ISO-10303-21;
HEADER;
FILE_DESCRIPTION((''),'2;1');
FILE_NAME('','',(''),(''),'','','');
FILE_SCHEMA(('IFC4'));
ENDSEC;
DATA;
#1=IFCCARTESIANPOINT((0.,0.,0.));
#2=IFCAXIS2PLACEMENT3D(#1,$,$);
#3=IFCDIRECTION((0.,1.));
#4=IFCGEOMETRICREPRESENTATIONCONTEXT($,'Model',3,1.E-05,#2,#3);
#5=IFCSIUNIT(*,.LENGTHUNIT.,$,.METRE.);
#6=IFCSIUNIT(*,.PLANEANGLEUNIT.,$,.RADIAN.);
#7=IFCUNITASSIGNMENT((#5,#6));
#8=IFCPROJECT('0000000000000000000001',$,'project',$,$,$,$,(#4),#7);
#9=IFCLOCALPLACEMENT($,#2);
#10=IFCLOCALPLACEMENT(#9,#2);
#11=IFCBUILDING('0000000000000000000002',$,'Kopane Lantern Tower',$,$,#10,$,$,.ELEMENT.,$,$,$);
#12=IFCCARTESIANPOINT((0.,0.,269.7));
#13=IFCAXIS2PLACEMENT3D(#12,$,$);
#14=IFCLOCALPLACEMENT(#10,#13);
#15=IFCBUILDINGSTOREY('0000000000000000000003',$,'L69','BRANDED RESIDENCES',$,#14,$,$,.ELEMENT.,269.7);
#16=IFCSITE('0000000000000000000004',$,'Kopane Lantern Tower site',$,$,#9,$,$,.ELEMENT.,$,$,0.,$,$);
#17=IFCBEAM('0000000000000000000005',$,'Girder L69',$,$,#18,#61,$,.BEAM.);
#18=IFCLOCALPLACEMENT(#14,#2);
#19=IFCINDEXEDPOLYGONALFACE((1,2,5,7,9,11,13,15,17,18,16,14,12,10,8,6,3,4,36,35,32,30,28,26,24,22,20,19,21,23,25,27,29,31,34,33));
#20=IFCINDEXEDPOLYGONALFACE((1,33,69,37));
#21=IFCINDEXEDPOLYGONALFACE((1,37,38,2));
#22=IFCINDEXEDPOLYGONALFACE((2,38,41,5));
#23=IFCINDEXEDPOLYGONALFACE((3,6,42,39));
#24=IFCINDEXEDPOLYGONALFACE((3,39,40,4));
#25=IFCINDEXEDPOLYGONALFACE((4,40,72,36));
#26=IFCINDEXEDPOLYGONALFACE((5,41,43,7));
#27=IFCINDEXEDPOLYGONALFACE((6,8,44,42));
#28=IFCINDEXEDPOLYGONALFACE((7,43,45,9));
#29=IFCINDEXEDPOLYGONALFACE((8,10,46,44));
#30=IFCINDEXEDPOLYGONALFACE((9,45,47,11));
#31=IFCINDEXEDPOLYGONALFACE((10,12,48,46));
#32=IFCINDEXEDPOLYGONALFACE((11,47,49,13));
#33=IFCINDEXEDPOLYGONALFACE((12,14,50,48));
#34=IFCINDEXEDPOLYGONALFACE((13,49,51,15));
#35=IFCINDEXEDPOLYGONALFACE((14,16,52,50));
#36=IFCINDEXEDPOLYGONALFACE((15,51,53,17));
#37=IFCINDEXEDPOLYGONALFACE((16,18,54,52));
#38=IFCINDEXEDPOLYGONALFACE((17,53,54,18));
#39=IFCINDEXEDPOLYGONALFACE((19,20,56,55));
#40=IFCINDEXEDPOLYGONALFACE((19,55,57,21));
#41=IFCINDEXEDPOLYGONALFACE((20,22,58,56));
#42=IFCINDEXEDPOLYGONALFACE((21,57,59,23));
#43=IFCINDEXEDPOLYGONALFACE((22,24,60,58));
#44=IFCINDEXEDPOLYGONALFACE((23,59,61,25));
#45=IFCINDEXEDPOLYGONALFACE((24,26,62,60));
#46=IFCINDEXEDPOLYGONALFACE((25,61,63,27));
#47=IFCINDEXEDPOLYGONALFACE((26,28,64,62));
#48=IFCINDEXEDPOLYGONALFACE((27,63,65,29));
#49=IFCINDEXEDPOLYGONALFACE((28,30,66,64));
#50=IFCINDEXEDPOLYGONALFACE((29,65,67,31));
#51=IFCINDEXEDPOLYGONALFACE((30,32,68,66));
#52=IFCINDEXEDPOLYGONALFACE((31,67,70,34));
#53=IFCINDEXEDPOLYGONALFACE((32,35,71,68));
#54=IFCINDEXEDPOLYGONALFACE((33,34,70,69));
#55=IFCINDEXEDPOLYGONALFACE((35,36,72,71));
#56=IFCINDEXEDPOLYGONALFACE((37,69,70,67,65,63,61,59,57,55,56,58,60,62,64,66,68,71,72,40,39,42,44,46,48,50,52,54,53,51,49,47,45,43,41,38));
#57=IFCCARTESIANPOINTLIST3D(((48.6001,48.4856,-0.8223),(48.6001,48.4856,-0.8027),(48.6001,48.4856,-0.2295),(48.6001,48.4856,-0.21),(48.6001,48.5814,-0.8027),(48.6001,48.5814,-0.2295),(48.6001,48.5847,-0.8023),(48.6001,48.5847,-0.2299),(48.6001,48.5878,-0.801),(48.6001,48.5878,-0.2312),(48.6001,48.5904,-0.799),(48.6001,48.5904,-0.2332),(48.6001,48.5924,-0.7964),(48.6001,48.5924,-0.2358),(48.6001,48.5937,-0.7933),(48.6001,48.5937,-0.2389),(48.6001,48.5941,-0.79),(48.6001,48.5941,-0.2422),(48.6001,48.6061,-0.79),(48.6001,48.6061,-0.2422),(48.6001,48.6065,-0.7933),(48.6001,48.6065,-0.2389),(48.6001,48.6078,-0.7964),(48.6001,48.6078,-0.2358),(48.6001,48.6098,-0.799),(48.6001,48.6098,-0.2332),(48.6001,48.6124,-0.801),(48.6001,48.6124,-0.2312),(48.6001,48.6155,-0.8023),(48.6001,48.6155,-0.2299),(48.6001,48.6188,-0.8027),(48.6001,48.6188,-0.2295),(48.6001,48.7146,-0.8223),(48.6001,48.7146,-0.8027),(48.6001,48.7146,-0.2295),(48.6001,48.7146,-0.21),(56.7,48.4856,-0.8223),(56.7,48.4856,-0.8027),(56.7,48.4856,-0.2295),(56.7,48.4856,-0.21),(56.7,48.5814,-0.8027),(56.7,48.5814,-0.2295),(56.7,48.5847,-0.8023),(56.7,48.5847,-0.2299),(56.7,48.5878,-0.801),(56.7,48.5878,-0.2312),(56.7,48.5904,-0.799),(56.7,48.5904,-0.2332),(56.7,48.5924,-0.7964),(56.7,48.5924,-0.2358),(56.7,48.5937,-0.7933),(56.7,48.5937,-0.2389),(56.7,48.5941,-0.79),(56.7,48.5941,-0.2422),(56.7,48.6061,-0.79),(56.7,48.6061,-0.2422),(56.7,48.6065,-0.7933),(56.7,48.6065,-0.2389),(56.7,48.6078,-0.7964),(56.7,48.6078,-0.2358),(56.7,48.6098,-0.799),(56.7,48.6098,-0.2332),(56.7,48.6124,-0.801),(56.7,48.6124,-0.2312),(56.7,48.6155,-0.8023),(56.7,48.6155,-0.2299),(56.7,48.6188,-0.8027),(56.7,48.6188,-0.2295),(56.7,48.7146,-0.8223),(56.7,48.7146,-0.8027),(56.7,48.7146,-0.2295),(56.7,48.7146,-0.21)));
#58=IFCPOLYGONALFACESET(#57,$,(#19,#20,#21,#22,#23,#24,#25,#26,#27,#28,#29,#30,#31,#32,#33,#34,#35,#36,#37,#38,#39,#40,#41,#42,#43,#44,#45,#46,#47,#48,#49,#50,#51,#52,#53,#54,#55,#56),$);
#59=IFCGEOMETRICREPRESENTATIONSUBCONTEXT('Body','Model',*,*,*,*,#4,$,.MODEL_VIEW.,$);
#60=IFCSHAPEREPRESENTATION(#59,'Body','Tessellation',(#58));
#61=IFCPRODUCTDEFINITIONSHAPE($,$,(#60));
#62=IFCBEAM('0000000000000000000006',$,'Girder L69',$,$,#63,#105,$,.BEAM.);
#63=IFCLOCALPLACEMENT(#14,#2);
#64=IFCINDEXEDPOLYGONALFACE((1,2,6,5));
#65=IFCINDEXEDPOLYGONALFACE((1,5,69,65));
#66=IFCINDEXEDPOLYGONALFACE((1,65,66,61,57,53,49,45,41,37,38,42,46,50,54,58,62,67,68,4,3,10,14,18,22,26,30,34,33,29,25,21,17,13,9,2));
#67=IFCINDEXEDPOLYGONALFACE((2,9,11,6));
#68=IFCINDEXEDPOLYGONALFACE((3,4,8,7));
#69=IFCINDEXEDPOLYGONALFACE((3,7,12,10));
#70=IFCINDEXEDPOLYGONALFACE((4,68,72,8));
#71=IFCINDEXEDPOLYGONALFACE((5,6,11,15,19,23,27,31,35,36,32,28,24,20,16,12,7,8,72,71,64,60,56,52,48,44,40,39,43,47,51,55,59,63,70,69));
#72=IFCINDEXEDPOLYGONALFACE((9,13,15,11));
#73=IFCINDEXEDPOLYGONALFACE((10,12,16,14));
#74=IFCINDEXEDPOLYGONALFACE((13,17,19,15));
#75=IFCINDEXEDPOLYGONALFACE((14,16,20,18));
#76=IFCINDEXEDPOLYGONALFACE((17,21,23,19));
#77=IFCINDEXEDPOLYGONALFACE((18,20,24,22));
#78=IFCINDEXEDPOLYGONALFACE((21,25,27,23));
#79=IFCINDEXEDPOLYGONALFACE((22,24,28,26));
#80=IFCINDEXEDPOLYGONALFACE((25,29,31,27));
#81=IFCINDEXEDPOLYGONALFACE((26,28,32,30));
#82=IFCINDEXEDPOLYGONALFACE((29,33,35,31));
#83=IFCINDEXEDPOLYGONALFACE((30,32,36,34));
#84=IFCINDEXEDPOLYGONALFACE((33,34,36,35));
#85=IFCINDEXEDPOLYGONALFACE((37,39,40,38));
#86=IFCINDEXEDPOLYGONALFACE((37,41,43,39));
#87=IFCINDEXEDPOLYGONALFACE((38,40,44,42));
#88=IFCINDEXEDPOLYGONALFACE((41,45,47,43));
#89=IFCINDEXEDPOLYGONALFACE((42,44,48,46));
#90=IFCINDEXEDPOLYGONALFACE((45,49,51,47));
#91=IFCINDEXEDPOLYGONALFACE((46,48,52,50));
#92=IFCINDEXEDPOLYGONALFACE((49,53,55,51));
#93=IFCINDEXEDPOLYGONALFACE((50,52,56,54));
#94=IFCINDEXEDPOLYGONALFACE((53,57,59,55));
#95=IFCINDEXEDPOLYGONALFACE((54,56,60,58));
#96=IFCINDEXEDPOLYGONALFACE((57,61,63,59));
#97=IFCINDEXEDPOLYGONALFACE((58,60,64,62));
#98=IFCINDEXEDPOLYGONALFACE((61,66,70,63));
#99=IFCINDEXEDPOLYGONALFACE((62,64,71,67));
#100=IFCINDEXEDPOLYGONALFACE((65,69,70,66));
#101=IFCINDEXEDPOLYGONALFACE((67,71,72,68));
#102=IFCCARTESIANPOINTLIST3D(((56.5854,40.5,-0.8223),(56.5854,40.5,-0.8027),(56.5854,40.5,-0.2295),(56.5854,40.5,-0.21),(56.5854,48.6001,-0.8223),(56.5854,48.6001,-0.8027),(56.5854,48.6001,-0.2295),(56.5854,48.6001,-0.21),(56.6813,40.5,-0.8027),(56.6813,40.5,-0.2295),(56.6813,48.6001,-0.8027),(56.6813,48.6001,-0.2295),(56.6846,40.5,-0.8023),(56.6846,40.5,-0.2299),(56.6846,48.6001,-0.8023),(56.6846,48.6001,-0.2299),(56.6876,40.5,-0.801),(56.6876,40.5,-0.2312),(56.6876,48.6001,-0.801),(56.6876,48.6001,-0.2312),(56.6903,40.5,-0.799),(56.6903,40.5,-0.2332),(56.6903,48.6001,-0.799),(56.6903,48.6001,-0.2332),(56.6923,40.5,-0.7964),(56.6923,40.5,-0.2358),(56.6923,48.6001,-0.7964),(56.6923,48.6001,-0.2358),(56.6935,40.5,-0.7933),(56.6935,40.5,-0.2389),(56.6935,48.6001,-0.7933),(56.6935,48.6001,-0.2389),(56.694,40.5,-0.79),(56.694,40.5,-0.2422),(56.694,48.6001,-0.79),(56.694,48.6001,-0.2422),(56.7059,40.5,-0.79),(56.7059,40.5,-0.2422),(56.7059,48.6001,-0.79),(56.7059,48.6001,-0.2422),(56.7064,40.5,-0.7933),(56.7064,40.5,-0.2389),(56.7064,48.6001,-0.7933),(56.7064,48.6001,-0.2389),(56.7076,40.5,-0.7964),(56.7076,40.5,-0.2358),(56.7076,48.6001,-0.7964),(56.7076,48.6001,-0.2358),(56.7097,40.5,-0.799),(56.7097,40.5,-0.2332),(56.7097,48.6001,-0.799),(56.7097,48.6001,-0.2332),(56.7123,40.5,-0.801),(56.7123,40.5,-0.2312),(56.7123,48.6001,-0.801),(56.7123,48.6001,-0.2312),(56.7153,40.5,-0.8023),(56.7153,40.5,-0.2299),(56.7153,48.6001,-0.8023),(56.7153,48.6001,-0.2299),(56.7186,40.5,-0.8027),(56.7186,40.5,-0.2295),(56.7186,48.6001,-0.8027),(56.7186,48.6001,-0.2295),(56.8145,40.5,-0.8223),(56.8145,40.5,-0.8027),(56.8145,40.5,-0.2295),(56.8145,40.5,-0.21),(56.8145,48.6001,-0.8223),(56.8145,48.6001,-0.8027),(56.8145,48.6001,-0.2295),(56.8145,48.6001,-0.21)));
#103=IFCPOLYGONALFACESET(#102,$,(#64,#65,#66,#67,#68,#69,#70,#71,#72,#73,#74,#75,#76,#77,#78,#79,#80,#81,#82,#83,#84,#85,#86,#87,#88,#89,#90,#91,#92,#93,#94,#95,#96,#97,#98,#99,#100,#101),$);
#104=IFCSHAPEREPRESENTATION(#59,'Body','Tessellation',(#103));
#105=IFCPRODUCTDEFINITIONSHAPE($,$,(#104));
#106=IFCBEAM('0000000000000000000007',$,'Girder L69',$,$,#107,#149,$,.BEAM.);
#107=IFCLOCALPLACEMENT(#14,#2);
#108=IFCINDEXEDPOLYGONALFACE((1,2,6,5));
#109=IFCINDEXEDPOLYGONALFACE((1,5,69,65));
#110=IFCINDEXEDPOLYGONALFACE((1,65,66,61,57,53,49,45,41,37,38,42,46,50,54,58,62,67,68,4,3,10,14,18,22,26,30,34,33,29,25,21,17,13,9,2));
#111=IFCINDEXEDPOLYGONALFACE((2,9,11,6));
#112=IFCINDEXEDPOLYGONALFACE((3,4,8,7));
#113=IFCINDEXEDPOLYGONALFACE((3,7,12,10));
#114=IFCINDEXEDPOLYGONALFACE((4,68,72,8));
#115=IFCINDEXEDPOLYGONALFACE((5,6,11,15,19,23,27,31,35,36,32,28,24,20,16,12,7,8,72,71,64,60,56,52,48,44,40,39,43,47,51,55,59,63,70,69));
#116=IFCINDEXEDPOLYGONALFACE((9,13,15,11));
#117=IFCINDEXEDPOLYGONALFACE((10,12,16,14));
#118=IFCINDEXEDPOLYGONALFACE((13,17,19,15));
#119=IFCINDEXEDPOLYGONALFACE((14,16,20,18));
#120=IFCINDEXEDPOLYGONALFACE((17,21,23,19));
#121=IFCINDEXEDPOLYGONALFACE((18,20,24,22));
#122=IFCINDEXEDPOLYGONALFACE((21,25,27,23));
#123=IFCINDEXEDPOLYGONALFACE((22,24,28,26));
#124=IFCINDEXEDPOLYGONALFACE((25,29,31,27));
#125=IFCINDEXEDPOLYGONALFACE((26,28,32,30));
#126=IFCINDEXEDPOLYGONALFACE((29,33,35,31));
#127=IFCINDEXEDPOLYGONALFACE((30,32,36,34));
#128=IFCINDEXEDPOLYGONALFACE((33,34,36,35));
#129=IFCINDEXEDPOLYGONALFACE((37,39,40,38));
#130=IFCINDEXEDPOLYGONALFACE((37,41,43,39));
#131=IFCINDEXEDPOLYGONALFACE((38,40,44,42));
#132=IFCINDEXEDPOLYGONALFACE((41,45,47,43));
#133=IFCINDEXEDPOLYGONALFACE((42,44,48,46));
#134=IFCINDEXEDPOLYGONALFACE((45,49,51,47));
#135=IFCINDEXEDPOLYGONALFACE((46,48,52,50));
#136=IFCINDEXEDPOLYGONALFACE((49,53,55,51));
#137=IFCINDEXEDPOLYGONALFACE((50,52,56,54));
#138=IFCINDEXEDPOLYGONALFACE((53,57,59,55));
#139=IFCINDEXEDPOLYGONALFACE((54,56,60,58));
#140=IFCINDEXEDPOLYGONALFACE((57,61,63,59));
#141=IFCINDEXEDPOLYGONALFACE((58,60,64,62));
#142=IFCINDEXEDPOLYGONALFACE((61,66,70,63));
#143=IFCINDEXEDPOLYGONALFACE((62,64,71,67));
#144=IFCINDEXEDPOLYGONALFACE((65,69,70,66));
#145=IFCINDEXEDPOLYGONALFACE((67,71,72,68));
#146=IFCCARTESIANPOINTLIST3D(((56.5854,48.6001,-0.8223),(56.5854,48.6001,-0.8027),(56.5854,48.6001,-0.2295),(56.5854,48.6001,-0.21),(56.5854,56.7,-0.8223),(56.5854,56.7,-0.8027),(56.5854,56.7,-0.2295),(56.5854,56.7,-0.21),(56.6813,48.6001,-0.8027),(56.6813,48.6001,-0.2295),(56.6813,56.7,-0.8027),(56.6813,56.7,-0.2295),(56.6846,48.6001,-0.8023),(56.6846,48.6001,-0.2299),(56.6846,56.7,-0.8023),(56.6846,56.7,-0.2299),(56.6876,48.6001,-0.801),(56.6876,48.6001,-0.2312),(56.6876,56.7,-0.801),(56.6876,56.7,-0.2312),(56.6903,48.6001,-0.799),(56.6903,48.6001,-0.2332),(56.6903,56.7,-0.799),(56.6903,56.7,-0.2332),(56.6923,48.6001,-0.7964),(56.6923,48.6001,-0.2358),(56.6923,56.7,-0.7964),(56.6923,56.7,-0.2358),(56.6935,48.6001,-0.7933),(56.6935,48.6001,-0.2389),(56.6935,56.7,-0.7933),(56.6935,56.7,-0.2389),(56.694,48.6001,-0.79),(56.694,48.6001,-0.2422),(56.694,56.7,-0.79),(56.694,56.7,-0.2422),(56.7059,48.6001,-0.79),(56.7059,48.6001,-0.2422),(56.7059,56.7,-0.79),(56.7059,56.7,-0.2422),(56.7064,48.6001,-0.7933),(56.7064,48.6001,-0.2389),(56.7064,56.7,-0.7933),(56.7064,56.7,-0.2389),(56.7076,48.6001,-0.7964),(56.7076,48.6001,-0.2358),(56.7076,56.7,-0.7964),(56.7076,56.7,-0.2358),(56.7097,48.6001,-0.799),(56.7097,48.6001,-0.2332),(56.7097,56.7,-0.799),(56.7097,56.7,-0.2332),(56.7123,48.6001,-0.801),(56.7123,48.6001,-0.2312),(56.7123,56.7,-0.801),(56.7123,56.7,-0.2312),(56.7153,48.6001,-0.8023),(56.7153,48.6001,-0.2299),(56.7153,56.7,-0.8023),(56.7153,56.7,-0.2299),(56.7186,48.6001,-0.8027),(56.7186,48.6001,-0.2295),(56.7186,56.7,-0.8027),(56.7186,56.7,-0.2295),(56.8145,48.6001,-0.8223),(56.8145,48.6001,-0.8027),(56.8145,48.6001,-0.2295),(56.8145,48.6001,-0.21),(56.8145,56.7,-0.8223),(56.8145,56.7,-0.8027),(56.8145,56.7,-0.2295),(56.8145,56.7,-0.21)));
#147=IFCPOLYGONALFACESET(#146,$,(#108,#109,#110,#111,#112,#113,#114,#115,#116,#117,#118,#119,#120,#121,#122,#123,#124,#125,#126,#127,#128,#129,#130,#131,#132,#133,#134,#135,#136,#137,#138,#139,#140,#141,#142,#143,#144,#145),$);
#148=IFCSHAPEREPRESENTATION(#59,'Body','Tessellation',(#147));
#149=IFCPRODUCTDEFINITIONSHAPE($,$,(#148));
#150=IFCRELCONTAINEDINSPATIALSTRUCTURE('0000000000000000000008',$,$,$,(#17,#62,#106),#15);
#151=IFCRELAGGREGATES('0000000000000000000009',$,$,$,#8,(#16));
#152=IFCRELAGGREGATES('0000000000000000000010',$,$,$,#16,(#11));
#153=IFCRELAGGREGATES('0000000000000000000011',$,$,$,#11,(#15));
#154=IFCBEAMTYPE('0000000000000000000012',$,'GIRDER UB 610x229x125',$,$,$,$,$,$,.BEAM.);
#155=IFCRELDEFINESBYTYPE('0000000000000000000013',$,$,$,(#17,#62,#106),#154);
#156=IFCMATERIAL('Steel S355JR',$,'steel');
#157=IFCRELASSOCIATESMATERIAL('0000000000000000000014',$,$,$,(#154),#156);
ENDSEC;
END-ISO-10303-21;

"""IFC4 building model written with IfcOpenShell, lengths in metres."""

from ifc_helpers import new_model, si_unit, direction, frame, origin, origin_2d, place, context, subcontext, project, spatial, i_section, extrude, material, material_profile, profile_set, type_object, element, save


model = new_model("IFC4")

# Units and contexts
model_context = context("Model", 3, precision=1e-05, world=origin(), true_north=direction((0.0, 1.0)))
body_context = subcontext(model_context, "Body", "Model", "MODEL_VIEW")
ifc_project = project(units=[si_unit("LENGTHUNIT", "METRE"), si_unit("PLANEANGLEUNIT", "RADIAN")], contexts=[model_context])

# Site, building, storey
site_placement = place(None, origin())
site = spatial("IfcSite", under=ifc_project, at=site_placement, Name="Kopane Lantern Tower site", CompositionType="ELEMENT", RefElevation=0.0)
building_placement = place(site_placement, origin())
building = spatial("IfcBuilding", under=site, at=building_placement, Name="Kopane Lantern Tower", CompositionType="ELEMENT")
storey_placement = place(building_placement, frame((0.0, 0.0, 269.7)))
storey = spatial("IfcBuildingStorey", under=building, at=storey_placement, Name="L69", Description="BRANDED RESIDENCES", CompositionType="ELEMENT", Elevation=269.7)

# Beams
ifc_material_1 = material(Name="Steel S355JR", Category="steel")
ifc_material_profile_1 = material_profile(ifc_material_1, i_section(OverallWidth=0.229, OverallDepth=0.6123, WebThickness=0.012, FlangeThickness=0.0195, FilletRadius=0.0127, at=origin_2d()), Name="UB 610x229x125")
ifc_profile_set_1 = profile_set([ifc_material_profile_1], Name="Steel S355JR")
beam_type = type_object("IfcBeamType", Name="GIRDER UB 610x229x125", PredefinedType="BEAM", material=ifc_profile_set_1)
for number, where, z_axis, x_axis, name in (
    (1, (48.6001, 48.6001, -0.5161), (1.0, 0.0, 0.0), (0.0, 1.0, 0.0), "Girder L69"),
):
    element("IfcBeam", number, at=place(storey_placement, frame(where, z_axis=z_axis, x_axis=x_axis)), inside=storey, type_object=beam_type, Name=name, PredefinedType="BEAM", context=body_context, shape_type="SweptSolid", body=[
        extrude(i_section(OverallWidth=0.229, OverallDepth=0.6123, WebThickness=0.012, FlangeThickness=0.0195, FilletRadius=0.0127, at=origin_2d()), origin(), (0.0, 0.0, 1.0), 8.0999),
    ])
beam_1_placement = place(storey_placement, frame((56.7, 40.5, -0.5161), z_axis=(0.0, 1.0, 0.0), x_axis=(-1.0, 0.0, 0.0)))
element("IfcBeam", 2, at=beam_1_placement, inside=storey, type_object=beam_type, Name="Girder L69", PredefinedType="BEAM", context=body_context, shape_type="SweptSolid", body=[
    extrude(i_section(OverallWidth=0.229, OverallDepth=0.6123, WebThickness=0.012, FlangeThickness=0.0195, FilletRadius=0.0127, at=origin_2d()), origin(), (0.0, 0.0, 1.0), 8.1001),
])
beam_2_placement = place(storey_placement, frame((56.7, 48.6001, -0.5161), z_axis=(0.0, 1.0, 0.0), x_axis=(-1.0, 0.0, 0.0)))
element("IfcBeam", 3, at=beam_2_placement, inside=storey, type_object=beam_type, Name="Girder L69", PredefinedType="BEAM", context=body_context, shape_type="SweptSolid", body=[
    extrude(i_section(OverallWidth=0.229, OverallDepth=0.6123, WebThickness=0.012, FlangeThickness=0.0195, FilletRadius=0.0127, at=origin_2d()), origin(), (0.0, 0.0, 1.0), 8.0999),
])

save(model, "model.ifc")
